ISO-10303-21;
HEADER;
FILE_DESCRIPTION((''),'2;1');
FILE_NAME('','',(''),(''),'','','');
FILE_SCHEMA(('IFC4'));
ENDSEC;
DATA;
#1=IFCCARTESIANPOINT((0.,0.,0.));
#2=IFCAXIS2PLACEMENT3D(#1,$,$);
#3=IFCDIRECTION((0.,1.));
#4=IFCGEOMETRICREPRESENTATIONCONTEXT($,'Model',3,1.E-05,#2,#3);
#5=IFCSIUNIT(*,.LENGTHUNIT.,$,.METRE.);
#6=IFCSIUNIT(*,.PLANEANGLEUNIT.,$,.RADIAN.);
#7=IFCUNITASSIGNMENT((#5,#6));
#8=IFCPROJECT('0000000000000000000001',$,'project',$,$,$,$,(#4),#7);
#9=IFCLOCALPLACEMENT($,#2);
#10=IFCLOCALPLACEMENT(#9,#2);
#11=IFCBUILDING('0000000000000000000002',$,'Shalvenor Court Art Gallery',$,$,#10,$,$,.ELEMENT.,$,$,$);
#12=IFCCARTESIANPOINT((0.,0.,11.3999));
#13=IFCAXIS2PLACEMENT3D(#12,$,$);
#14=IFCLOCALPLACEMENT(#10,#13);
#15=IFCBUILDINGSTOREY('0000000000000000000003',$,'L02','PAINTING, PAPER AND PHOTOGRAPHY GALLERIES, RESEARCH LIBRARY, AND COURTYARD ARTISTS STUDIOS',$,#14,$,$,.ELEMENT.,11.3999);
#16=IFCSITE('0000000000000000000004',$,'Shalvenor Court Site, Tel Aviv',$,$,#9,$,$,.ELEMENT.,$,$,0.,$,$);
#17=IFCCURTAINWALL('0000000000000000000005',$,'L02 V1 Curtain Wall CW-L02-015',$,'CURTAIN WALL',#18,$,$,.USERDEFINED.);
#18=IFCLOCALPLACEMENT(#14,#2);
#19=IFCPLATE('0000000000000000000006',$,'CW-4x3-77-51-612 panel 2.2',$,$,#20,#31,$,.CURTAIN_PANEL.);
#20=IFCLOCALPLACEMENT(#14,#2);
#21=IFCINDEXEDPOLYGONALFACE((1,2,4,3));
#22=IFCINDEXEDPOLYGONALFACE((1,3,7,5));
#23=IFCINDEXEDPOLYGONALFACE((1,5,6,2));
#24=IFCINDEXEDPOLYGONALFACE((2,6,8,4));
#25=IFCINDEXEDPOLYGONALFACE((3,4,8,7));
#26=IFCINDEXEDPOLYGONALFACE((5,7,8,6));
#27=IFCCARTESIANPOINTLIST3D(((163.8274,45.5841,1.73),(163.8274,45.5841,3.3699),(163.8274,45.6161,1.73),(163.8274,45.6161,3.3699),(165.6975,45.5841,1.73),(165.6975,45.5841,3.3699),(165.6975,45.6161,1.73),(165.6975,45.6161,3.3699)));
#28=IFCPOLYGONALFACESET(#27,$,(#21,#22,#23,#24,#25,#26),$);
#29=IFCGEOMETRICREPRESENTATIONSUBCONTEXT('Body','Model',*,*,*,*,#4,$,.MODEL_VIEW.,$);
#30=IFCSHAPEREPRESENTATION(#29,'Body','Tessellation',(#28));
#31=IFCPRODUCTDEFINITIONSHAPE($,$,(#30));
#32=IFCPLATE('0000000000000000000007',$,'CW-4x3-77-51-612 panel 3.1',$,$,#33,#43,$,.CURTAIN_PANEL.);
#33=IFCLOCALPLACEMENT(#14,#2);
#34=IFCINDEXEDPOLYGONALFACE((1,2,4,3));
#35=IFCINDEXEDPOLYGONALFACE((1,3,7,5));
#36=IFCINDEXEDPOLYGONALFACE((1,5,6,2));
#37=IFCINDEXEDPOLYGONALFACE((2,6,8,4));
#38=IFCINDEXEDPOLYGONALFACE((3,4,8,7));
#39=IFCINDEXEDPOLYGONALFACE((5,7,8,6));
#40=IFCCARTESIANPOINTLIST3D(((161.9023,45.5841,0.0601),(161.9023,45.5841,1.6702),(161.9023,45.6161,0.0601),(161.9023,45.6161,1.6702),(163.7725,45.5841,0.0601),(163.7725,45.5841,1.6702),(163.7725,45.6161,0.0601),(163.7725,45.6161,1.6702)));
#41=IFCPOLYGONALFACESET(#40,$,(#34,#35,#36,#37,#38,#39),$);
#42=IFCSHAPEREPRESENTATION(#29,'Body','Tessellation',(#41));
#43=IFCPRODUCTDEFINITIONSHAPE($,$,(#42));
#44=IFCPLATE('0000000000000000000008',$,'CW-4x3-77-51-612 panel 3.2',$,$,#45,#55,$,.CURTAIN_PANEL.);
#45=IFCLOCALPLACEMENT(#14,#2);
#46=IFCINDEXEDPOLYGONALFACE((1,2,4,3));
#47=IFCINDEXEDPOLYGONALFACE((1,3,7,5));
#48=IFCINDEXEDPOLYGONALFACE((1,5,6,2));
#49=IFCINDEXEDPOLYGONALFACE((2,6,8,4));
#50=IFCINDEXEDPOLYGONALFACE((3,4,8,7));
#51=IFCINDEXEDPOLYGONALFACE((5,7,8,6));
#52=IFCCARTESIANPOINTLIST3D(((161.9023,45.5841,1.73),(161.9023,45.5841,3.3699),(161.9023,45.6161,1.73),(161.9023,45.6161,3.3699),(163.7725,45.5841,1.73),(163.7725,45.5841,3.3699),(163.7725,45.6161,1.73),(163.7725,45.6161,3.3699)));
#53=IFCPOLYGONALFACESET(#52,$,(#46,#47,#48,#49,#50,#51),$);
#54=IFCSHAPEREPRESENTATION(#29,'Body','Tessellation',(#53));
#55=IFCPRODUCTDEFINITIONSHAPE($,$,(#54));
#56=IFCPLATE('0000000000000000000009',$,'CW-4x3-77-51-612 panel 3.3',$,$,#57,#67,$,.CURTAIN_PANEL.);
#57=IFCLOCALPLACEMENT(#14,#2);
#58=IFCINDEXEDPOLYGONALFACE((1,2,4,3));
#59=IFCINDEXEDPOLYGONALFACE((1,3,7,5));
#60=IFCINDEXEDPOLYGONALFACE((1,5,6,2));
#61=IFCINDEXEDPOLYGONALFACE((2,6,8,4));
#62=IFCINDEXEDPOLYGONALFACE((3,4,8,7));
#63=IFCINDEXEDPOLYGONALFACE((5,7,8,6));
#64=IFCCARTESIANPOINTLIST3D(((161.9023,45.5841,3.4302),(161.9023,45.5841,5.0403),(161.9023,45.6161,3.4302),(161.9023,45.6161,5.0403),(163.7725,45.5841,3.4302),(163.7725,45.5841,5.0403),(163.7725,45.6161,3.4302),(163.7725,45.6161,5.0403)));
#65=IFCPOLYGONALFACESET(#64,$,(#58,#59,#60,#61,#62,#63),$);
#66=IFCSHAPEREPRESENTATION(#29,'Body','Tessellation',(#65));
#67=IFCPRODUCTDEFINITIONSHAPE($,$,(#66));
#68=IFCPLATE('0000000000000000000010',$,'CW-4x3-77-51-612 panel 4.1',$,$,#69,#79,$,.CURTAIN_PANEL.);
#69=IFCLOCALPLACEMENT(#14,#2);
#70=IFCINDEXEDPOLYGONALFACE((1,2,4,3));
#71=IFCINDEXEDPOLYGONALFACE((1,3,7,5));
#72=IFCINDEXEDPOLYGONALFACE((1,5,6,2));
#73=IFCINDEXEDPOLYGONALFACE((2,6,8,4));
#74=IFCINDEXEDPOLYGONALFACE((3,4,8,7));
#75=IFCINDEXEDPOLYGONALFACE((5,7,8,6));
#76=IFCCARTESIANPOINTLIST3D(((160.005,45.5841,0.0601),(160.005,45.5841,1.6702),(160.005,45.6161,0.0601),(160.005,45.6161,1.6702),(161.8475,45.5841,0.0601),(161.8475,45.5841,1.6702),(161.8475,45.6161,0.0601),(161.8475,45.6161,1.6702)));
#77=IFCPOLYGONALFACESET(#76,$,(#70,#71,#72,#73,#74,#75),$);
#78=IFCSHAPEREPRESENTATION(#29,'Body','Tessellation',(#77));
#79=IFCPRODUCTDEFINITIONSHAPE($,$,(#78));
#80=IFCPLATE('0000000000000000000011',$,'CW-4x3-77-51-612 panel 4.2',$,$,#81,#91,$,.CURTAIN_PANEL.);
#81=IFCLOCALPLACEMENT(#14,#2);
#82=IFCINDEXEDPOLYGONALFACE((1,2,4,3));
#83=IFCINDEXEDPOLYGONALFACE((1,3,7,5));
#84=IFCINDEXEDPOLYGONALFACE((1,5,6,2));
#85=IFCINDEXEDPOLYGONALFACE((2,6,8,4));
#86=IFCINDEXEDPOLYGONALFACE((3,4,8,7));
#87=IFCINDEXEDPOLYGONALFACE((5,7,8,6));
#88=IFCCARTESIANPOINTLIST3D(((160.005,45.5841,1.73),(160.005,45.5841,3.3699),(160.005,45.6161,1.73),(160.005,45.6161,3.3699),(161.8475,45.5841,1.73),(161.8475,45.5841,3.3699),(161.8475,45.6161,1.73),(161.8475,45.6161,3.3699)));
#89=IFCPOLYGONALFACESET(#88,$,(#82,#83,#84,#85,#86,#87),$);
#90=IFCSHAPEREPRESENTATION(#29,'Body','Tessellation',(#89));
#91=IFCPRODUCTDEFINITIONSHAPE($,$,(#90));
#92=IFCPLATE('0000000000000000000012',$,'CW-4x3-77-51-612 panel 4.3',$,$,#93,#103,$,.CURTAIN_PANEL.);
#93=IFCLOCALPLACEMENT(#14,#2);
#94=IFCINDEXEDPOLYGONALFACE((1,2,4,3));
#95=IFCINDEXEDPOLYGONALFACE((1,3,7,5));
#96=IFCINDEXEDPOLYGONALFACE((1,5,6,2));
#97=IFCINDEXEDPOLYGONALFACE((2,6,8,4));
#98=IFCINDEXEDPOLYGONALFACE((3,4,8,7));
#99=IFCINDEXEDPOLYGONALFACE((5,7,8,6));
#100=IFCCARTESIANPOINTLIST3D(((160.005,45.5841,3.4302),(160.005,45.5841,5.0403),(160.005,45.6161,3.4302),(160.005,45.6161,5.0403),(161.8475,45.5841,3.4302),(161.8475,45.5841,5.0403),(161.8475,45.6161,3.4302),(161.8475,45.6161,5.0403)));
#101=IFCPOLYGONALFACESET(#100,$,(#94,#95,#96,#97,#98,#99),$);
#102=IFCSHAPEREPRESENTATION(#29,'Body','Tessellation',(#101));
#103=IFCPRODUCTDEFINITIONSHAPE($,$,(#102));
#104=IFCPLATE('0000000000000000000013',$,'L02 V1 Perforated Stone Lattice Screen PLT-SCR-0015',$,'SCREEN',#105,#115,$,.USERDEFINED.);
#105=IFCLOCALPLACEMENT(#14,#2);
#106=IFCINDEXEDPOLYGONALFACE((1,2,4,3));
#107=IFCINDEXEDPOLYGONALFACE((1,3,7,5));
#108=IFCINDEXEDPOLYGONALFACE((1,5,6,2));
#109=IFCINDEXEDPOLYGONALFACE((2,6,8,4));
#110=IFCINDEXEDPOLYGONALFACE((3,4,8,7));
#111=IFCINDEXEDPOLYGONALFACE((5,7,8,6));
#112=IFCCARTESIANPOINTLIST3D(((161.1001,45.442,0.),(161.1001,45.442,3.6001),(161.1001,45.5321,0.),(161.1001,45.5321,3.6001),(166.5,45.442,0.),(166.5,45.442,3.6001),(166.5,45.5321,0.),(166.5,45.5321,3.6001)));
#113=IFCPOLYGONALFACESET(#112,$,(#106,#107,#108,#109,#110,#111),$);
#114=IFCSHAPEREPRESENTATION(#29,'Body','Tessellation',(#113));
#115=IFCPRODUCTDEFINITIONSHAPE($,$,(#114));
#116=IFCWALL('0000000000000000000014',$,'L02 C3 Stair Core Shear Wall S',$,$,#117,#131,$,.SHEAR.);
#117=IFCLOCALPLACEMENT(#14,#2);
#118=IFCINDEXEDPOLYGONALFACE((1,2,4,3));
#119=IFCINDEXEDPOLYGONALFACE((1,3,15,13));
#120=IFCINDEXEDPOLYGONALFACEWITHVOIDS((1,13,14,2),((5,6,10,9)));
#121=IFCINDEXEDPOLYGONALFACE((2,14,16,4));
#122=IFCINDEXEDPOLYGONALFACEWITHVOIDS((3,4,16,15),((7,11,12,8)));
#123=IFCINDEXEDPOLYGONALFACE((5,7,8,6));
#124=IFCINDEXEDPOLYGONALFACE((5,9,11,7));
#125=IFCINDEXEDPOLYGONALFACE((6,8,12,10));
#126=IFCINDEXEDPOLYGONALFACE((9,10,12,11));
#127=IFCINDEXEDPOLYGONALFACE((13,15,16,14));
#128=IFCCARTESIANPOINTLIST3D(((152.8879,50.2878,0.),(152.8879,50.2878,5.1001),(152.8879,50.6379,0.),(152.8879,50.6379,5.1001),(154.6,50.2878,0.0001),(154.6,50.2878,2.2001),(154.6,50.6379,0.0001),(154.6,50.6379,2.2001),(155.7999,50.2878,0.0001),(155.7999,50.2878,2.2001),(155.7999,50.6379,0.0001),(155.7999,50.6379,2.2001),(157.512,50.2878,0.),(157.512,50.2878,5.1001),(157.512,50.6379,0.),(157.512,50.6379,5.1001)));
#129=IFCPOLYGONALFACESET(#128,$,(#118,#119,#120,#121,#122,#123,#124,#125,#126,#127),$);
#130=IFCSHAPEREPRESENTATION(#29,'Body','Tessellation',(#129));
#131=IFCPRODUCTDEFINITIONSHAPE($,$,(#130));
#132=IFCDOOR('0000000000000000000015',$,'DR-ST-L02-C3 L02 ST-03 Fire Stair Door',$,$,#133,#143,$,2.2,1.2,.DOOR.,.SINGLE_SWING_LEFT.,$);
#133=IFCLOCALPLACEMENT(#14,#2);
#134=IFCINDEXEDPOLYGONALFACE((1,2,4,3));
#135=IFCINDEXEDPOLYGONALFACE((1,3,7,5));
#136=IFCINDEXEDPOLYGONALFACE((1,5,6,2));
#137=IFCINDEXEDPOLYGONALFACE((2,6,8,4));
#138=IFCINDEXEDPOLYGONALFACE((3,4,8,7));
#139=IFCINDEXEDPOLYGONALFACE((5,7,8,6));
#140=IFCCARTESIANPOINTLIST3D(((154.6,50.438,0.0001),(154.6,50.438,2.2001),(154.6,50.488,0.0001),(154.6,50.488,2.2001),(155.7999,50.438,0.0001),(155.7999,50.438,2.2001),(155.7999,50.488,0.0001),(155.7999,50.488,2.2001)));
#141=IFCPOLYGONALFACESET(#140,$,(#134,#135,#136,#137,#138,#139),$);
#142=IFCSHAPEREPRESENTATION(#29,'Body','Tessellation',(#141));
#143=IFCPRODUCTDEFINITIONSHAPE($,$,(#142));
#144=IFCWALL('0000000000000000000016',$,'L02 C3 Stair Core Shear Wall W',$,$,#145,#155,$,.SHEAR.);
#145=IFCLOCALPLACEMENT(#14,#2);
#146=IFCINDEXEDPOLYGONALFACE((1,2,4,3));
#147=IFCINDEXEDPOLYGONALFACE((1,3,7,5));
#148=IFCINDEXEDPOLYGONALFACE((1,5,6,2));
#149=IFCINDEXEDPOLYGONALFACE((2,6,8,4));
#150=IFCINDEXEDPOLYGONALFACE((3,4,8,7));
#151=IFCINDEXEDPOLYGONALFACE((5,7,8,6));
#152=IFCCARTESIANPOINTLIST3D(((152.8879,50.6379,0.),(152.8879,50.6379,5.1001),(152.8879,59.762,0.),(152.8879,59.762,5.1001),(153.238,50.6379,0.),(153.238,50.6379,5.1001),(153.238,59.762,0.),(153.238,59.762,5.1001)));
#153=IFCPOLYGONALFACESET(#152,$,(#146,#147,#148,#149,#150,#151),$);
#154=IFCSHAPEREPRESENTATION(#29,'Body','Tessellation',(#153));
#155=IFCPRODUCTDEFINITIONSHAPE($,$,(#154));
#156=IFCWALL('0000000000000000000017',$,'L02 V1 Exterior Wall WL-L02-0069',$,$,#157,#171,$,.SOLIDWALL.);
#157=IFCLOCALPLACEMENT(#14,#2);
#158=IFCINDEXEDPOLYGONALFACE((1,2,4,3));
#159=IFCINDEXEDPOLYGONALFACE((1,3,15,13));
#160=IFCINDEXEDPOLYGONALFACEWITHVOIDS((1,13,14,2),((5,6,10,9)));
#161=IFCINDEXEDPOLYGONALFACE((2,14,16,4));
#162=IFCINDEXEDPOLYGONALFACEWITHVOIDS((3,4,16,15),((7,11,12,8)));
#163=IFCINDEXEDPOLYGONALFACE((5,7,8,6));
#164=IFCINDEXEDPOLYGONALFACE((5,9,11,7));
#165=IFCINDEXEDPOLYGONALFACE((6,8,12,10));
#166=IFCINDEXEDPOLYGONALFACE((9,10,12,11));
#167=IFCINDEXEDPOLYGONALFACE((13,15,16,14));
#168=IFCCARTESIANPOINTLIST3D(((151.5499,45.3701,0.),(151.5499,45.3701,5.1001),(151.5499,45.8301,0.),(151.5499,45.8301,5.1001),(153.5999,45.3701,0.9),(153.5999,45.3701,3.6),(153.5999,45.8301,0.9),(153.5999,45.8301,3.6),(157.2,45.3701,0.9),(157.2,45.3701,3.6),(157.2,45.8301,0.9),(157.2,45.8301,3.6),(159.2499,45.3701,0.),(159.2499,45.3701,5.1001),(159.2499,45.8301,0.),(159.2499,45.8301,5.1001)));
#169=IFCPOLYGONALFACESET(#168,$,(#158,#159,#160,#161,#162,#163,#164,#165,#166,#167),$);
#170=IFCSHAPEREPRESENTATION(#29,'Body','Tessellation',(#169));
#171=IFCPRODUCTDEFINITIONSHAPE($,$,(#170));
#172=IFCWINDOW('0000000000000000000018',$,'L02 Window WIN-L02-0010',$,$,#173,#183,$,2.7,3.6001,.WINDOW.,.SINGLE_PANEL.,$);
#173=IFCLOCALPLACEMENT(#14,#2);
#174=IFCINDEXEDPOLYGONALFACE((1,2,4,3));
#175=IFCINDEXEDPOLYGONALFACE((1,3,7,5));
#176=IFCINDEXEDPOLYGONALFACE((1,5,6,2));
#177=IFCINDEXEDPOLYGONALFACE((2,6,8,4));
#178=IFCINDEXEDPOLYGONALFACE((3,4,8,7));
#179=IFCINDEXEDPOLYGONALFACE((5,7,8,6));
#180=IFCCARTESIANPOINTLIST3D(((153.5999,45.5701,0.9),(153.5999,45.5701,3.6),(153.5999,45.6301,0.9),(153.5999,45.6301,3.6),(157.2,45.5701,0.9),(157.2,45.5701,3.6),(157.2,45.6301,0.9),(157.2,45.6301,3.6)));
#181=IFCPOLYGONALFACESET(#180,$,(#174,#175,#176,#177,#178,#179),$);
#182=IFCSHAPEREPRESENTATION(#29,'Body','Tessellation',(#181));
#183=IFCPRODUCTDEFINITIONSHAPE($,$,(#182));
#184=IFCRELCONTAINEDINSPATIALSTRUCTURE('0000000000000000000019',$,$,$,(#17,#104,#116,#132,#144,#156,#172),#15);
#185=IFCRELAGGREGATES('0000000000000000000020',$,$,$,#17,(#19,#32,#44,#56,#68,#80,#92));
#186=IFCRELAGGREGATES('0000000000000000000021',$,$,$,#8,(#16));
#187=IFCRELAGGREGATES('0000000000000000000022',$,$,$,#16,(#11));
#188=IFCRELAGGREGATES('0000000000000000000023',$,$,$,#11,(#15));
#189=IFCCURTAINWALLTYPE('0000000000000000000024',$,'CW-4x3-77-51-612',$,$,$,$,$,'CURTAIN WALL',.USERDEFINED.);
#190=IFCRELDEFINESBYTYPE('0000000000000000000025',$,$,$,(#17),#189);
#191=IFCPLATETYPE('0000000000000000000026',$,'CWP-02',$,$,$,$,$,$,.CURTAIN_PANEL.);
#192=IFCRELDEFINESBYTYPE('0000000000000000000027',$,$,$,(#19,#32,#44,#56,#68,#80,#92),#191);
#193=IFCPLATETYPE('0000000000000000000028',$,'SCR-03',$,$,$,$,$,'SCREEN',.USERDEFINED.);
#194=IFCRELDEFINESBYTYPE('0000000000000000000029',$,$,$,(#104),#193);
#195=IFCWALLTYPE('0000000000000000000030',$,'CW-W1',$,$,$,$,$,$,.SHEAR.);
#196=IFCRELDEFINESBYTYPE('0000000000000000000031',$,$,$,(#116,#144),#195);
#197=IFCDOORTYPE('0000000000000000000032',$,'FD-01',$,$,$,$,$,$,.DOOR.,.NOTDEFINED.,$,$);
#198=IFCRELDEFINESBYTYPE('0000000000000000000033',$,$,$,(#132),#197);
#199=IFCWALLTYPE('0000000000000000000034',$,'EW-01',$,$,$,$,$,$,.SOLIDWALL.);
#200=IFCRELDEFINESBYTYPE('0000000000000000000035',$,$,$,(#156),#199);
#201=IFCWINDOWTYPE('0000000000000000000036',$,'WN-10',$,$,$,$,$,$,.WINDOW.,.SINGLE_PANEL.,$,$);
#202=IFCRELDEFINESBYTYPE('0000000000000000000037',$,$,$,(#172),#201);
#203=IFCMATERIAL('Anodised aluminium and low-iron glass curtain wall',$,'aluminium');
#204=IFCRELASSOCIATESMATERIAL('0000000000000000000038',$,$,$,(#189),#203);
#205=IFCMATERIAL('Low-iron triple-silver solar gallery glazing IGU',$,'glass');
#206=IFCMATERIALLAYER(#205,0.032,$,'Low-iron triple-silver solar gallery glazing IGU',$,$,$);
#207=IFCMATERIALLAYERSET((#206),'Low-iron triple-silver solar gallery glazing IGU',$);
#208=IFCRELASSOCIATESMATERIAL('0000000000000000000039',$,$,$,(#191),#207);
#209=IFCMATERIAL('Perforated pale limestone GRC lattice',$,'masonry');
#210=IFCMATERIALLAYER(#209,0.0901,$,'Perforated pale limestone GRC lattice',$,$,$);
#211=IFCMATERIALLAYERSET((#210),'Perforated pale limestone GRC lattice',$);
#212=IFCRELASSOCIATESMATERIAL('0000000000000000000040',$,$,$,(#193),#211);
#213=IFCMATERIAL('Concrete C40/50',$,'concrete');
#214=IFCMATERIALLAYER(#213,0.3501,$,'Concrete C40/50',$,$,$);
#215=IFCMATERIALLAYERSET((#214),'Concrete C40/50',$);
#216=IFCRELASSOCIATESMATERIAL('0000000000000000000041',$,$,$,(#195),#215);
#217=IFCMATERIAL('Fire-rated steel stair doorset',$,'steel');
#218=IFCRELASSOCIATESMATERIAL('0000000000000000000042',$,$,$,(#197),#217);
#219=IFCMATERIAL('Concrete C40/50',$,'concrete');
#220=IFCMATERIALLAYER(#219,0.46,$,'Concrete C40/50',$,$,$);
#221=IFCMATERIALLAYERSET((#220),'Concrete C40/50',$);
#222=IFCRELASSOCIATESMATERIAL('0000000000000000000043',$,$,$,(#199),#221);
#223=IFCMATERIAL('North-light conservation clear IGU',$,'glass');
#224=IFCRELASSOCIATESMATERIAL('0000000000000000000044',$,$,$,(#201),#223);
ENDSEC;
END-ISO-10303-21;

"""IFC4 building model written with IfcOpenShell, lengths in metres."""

from ifc_helpers import new_model, si_unit, direction, frame, frame_2d, origin, origin_2d, place, context, subcontext, project, spatial, rectangle, extrude, material, layer, layer_set, type_object, element, fill, aggregate, save


model = new_model("IFC4")

# Units and contexts
model_context = context("Model", 3, precision=1e-05, world=origin(), true_north=direction((0.0, 1.0)))
body_context = subcontext(model_context, "Body", "Model", "MODEL_VIEW")
ifc_project = project(units=[si_unit("LENGTHUNIT", "METRE"), si_unit("PLANEANGLEUNIT", "RADIAN")], contexts=[model_context])

# Site, building, storey
site_placement = place(None, origin())
site = spatial("IfcSite", under=ifc_project, at=site_placement, Name="Shalvenor Court Site, Tel Aviv", CompositionType="ELEMENT", RefElevation=0.0)
building_placement = place(site_placement, origin())
building = spatial("IfcBuilding", under=site, at=building_placement, Name="Shalvenor Court Art Gallery", CompositionType="ELEMENT")
storey_placement = place(building_placement, frame((0.0, 0.0, 11.3999)))
storey = spatial("IfcBuildingStorey", under=building, at=storey_placement, Name="L02", Description="PAINTING, PAPER AND PHOTOGRAPHY GALLERIES, RESEARCH LIBRARY, AND COURTYARD ARTISTS STUDIOS", CompositionType="ELEMENT", Elevation=11.3999)

# Curtain wall
ifc_material_1 = material(Name="Anodised aluminium and low-iron glass curtain wall", Category="aluminium")
curtain_wall_type = type_object("IfcCurtainWallType", Name="CW-4x3-77-51-612", ElementType="CURTAIN WALL", PredefinedType="USERDEFINED", material=ifc_material_1)
curtain_wall_placement = place(storey_placement, origin())
curtain_wall = element("IfcCurtainWall", 1, at=curtain_wall_placement, inside=storey, type_object=curtain_wall_type, Name="L02 V1 Curtain Wall CW-L02-015", ObjectType="CURTAIN WALL", PredefinedType="USERDEFINED")

# Plates
ifc_material_2 = material(Name="Low-iron triple-silver solar gallery glazing IGU", Category="glass")
ifc_layer_1 = layer(ifc_material_2, 0.032, Name="Low-iron triple-silver solar gallery glazing IGU")
ifc_layer_set_1 = layer_set([ifc_layer_1], Name="Low-iron triple-silver solar gallery glazing IGU")
plate_type_1 = type_object("IfcPlateType", Name="CWP-02", PredefinedType="CURTAIN_PANEL", material=ifc_layer_set_1)
plate_1_placement = place(storey_placement, frame((164.7625, 45.6001, 1.73), z_axis=(0.0, 0.0, 1.0), x_axis=(-1.0, 0.0, 0.0)))
plate_1 = element("IfcPlate", 2, at=plate_1_placement, type_object=plate_type_1, Name="CW-4x3-77-51-612 panel 2.2", PredefinedType="CURTAIN_PANEL", context=body_context, shape_type="SweptSolid", body=[
    extrude(rectangle(XDim=1.8701, YDim=0.032, at=origin_2d()), origin(), (0.0, 0.0, 1.0), 1.6399),
])
plate_2_placement = place(storey_placement, frame((162.8374, 45.6001, 0.0601), z_axis=(0.0, 0.0, 1.0), x_axis=(-1.0, 0.0, 0.0)))
plate_2 = element("IfcPlate", 3, at=plate_2_placement, type_object=plate_type_1, Name="CW-4x3-77-51-612 panel 3.1", PredefinedType="CURTAIN_PANEL", context=body_context, shape_type="SweptSolid", body=[
    extrude(rectangle(XDim=1.8701, YDim=0.032, at=origin_2d()), origin(), (0.0, 0.0, 1.0), 1.6101),
])
plate_3_placement = place(storey_placement, frame((162.8374, 45.6001, 1.73), z_axis=(0.0, 0.0, 1.0), x_axis=(-1.0, 0.0, 0.0)))
plate_3 = element("IfcPlate", 4, at=plate_3_placement, type_object=plate_type_1, Name="CW-4x3-77-51-612 panel 3.2", PredefinedType="CURTAIN_PANEL", context=body_context, shape_type="SweptSolid", body=[
    extrude(rectangle(XDim=1.8701, YDim=0.032, at=origin_2d()), origin(), (0.0, 0.0, 1.0), 1.6399),
])
plate_4_placement = place(storey_placement, frame((162.8374, 45.6001, 3.4302), z_axis=(0.0, 0.0, 1.0), x_axis=(-1.0, 0.0, 0.0)))
plate_4 = element("IfcPlate", 5, at=plate_4_placement, type_object=plate_type_1, Name="CW-4x3-77-51-612 panel 3.3", PredefinedType="CURTAIN_PANEL", context=body_context, shape_type="SweptSolid", body=[
    extrude(rectangle(XDim=1.8701, YDim=0.032, at=origin_2d()), origin(), (0.0, 0.0, 1.0), 1.6101),
])
plate_5_placement = place(storey_placement, frame((160.9263, 45.6001, 0.0601), z_axis=(0.0, 0.0, 1.0), x_axis=(-1.0, 0.0, 0.0)))
plate_5 = element("IfcPlate", 6, at=plate_5_placement, type_object=plate_type_1, Name="CW-4x3-77-51-612 panel 4.1", PredefinedType="CURTAIN_PANEL", context=body_context, shape_type="SweptSolid", body=[
    extrude(rectangle(XDim=1.8425, YDim=0.032, at=origin_2d()), origin(), (0.0, 0.0, 1.0), 1.6101),
])
plate_6_placement = place(storey_placement, frame((160.9263, 45.6001, 1.73), z_axis=(0.0, 0.0, 1.0), x_axis=(-1.0, 0.0, 0.0)))
plate_6 = element("IfcPlate", 7, at=plate_6_placement, type_object=plate_type_1, Name="CW-4x3-77-51-612 panel 4.2", PredefinedType="CURTAIN_PANEL", context=body_context, shape_type="SweptSolid", body=[
    extrude(rectangle(XDim=1.8425, YDim=0.032, at=origin_2d()), origin(), (0.0, 0.0, 1.0), 1.6399),
])
plate_7_placement = place(storey_placement, frame((160.9263, 45.6001, 3.4302), z_axis=(0.0, 0.0, 1.0), x_axis=(-1.0, 0.0, 0.0)))
plate_7 = element("IfcPlate", 8, at=plate_7_placement, type_object=plate_type_1, Name="CW-4x3-77-51-612 panel 4.3", PredefinedType="CURTAIN_PANEL", context=body_context, shape_type="SweptSolid", body=[
    extrude(rectangle(XDim=1.8425, YDim=0.032, at=origin_2d()), origin(), (0.0, 0.0, 1.0), 1.6101),
])
aggregate(curtain_wall, [plate_1, plate_2, plate_3, plate_4, plate_5, plate_6, plate_7])
ifc_material_3 = material(Name="Perforated pale limestone GRC lattice", Category="masonry")
ifc_layer_2 = layer(ifc_material_3, 0.0901, Name="Perforated pale limestone GRC lattice")
ifc_layer_set_2 = layer_set([ifc_layer_2], Name="Perforated pale limestone GRC lattice")
plate_type_2 = type_object("IfcPlateType", Name="SCR-03", ElementType="SCREEN", PredefinedType="USERDEFINED", material=ifc_layer_set_2)
plate_8_placement = place(storey_placement, frame((163.8, 45.4871, 0.0), z_axis=(0.0, 0.0, 1.0), x_axis=(-1.0, 0.0, 0.0)))
element("IfcPlate", 9, at=plate_8_placement, inside=storey, type_object=plate_type_2, Name="L02 V1 Perforated Stone Lattice Screen PLT-SCR-0015", ObjectType="SCREEN", PredefinedType="USERDEFINED", context=body_context, shape_type="SweptSolid", body=[
    extrude(rectangle(XDim=5.3999, YDim=0.0901, at=origin_2d()), origin(), (0.0, 0.0, 1.0), 3.6001),
])

# Wall, opening, door
ifc_material_4 = material(Name="Concrete C40/50", Category="concrete")
ifc_layer_3 = layer(ifc_material_4, 0.3501, Name="Concrete C40/50")
ifc_layer_set_3 = layer_set([ifc_layer_3], Name="Concrete C40/50")
wall_type_1 = type_object("IfcWallType", Name="CW-W1", PredefinedType="SHEAR", material=ifc_layer_set_3)
wall_1_placement = place(storey_placement, frame((157.512, 50.4629, 0.0), z_axis=(0.0, 0.0, 1.0), x_axis=(-1.0, 0.0, 0.0)))
wall_1 = element("IfcWall", 10, at=wall_1_placement, inside=storey, type_object=wall_type_1, Name="L02 C3 Stair Core Shear Wall S", PredefinedType="SHEAR", context=body_context, shape_type="SweptSolid", body=[
    extrude(rectangle(XDim=4.624, YDim=0.3501, at=frame_2d((2.312, 0.0))), origin(), (0.0, 0.0, 1.0), 5.1001),
])
opening_1_placement = place(wall_1_placement, frame((1.7119, 0.0, 0.0)))
opening_1 = element("IfcOpeningElement", 11, at=opening_1_placement, cuts=wall_1, PredefinedType="OPENING", context=body_context, shape_type="SweptSolid", body=[
    extrude(rectangle(XDim=1.2, YDim=2.2, at=frame_2d((0.6001, 1.1001))), frame((0.0, 0.1851, 0.0), z_axis=(0.0, -1.0, 0.0), x_axis=(1.0, 0.0, 0.0)), (0.0, 0.0, 1.0), 0.3701),
])
ifc_material_5 = material(Name="Fire-rated steel stair doorset", Category="steel")
door_type = type_object("IfcDoorType", Name="FD-01", OperationType="NOTDEFINED", PredefinedType="DOOR", material=ifc_material_5)
door_placement = place(opening_1_placement, origin())
door = element("IfcDoor", 12, at=door_placement, inside=storey, type_object=door_type, Name="DR-ST-L02-C3 L02 ST-03 Fire Stair Door", OperationType="SINGLE_SWING_LEFT", OverallHeight=2.2, OverallWidth=1.2, PredefinedType="DOOR", context=body_context, shape_type="SweptSolid", body=[
    extrude(rectangle(XDim=1.2, YDim=2.2, at=frame_2d((0.6001, 1.1001))), frame((0.0, 0.0249, 0.0), z_axis=(0.0, -1.0, 0.0), x_axis=(1.0, 0.0, 0.0)), (0.0, 0.0, 1.0), 0.05),
])
fill(opening_1, door)

# Wall
wall_2_placement = place(storey_placement, frame((153.063, 50.6379, 0.0), z_axis=(0.0, 0.0, 1.0), x_axis=(0.0, 1.0, 0.0)))
element("IfcWall", 13, at=wall_2_placement, inside=storey, type_object=wall_type_1, Name="L02 C3 Stair Core Shear Wall W", PredefinedType="SHEAR", context=body_context, shape_type="SweptSolid", body=[
    extrude(rectangle(XDim=9.124, YDim=0.3501, at=frame_2d((4.562, 0.0))), origin(), (0.0, 0.0, 1.0), 5.1001),
])

# Wall, opening, window
ifc_material_6 = material(Name="Concrete C40/50", Category="concrete")
ifc_layer_4 = layer(ifc_material_6, 0.46, Name="Concrete C40/50")
ifc_layer_set_4 = layer_set([ifc_layer_4], Name="Concrete C40/50")
wall_type_2 = type_object("IfcWallType", Name="EW-01", PredefinedType="SOLIDWALL", material=ifc_layer_set_4)
wall_3_placement = place(storey_placement, frame((159.25, 45.6001, 0.0), z_axis=(0.0, 0.0, 1.0), x_axis=(-1.0, 0.0, 0.0)))
wall_3 = element("IfcWall", 14, at=wall_3_placement, inside=storey, type_object=wall_type_2, Name="L02 V1 Exterior Wall WL-L02-0069", PredefinedType="SOLIDWALL", context=body_context, shape_type="SweptSolid", body=[
    extrude(rectangle(XDim=7.7, YDim=0.46, at=frame_2d((3.8501, 0.0))), origin(), (0.0, 0.0, 1.0), 5.1001),
])
opening_2_placement = place(wall_3_placement, frame((2.05, 0.0, 0.8999)))
opening_2 = element("IfcOpeningElement", 15, at=opening_2_placement, cuts=wall_3, PredefinedType="OPENING", context=body_context, shape_type="SweptSolid", body=[
    extrude(rectangle(XDim=3.6001, YDim=2.7, at=frame_2d((1.8, 1.3501))), frame((0.0, 0.24, 0.0), z_axis=(0.0, -1.0, 0.0), x_axis=(1.0, 0.0, 0.0)), (0.0, 0.0, 1.0), 0.48),
])
ifc_material_7 = material(Name="North-light conservation clear IGU", Category="glass")
window_type = type_object("IfcWindowType", Name="WN-10", PartitioningType="SINGLE_PANEL", PredefinedType="WINDOW", material=ifc_material_7)
window_placement = place(opening_2_placement, origin())
window = element("IfcWindow", 16, at=window_placement, inside=storey, type_object=window_type, Name="L02 Window WIN-L02-0010", OverallHeight=2.7, OverallWidth=3.6001, PartitioningType="SINGLE_PANEL", PredefinedType="WINDOW", context=body_context, shape_type="SweptSolid", body=[
    extrude(rectangle(XDim=3.6001, YDim=2.7, at=frame_2d((1.8, 1.3501))), frame((0.0, 0.03, 0.0), z_axis=(0.0, -1.0, 0.0), x_axis=(1.0, 0.0, 0.0)), (0.0, 0.0, 1.0), 0.0601),
])
fill(opening_2, window)

save(model, "model.ifc")
